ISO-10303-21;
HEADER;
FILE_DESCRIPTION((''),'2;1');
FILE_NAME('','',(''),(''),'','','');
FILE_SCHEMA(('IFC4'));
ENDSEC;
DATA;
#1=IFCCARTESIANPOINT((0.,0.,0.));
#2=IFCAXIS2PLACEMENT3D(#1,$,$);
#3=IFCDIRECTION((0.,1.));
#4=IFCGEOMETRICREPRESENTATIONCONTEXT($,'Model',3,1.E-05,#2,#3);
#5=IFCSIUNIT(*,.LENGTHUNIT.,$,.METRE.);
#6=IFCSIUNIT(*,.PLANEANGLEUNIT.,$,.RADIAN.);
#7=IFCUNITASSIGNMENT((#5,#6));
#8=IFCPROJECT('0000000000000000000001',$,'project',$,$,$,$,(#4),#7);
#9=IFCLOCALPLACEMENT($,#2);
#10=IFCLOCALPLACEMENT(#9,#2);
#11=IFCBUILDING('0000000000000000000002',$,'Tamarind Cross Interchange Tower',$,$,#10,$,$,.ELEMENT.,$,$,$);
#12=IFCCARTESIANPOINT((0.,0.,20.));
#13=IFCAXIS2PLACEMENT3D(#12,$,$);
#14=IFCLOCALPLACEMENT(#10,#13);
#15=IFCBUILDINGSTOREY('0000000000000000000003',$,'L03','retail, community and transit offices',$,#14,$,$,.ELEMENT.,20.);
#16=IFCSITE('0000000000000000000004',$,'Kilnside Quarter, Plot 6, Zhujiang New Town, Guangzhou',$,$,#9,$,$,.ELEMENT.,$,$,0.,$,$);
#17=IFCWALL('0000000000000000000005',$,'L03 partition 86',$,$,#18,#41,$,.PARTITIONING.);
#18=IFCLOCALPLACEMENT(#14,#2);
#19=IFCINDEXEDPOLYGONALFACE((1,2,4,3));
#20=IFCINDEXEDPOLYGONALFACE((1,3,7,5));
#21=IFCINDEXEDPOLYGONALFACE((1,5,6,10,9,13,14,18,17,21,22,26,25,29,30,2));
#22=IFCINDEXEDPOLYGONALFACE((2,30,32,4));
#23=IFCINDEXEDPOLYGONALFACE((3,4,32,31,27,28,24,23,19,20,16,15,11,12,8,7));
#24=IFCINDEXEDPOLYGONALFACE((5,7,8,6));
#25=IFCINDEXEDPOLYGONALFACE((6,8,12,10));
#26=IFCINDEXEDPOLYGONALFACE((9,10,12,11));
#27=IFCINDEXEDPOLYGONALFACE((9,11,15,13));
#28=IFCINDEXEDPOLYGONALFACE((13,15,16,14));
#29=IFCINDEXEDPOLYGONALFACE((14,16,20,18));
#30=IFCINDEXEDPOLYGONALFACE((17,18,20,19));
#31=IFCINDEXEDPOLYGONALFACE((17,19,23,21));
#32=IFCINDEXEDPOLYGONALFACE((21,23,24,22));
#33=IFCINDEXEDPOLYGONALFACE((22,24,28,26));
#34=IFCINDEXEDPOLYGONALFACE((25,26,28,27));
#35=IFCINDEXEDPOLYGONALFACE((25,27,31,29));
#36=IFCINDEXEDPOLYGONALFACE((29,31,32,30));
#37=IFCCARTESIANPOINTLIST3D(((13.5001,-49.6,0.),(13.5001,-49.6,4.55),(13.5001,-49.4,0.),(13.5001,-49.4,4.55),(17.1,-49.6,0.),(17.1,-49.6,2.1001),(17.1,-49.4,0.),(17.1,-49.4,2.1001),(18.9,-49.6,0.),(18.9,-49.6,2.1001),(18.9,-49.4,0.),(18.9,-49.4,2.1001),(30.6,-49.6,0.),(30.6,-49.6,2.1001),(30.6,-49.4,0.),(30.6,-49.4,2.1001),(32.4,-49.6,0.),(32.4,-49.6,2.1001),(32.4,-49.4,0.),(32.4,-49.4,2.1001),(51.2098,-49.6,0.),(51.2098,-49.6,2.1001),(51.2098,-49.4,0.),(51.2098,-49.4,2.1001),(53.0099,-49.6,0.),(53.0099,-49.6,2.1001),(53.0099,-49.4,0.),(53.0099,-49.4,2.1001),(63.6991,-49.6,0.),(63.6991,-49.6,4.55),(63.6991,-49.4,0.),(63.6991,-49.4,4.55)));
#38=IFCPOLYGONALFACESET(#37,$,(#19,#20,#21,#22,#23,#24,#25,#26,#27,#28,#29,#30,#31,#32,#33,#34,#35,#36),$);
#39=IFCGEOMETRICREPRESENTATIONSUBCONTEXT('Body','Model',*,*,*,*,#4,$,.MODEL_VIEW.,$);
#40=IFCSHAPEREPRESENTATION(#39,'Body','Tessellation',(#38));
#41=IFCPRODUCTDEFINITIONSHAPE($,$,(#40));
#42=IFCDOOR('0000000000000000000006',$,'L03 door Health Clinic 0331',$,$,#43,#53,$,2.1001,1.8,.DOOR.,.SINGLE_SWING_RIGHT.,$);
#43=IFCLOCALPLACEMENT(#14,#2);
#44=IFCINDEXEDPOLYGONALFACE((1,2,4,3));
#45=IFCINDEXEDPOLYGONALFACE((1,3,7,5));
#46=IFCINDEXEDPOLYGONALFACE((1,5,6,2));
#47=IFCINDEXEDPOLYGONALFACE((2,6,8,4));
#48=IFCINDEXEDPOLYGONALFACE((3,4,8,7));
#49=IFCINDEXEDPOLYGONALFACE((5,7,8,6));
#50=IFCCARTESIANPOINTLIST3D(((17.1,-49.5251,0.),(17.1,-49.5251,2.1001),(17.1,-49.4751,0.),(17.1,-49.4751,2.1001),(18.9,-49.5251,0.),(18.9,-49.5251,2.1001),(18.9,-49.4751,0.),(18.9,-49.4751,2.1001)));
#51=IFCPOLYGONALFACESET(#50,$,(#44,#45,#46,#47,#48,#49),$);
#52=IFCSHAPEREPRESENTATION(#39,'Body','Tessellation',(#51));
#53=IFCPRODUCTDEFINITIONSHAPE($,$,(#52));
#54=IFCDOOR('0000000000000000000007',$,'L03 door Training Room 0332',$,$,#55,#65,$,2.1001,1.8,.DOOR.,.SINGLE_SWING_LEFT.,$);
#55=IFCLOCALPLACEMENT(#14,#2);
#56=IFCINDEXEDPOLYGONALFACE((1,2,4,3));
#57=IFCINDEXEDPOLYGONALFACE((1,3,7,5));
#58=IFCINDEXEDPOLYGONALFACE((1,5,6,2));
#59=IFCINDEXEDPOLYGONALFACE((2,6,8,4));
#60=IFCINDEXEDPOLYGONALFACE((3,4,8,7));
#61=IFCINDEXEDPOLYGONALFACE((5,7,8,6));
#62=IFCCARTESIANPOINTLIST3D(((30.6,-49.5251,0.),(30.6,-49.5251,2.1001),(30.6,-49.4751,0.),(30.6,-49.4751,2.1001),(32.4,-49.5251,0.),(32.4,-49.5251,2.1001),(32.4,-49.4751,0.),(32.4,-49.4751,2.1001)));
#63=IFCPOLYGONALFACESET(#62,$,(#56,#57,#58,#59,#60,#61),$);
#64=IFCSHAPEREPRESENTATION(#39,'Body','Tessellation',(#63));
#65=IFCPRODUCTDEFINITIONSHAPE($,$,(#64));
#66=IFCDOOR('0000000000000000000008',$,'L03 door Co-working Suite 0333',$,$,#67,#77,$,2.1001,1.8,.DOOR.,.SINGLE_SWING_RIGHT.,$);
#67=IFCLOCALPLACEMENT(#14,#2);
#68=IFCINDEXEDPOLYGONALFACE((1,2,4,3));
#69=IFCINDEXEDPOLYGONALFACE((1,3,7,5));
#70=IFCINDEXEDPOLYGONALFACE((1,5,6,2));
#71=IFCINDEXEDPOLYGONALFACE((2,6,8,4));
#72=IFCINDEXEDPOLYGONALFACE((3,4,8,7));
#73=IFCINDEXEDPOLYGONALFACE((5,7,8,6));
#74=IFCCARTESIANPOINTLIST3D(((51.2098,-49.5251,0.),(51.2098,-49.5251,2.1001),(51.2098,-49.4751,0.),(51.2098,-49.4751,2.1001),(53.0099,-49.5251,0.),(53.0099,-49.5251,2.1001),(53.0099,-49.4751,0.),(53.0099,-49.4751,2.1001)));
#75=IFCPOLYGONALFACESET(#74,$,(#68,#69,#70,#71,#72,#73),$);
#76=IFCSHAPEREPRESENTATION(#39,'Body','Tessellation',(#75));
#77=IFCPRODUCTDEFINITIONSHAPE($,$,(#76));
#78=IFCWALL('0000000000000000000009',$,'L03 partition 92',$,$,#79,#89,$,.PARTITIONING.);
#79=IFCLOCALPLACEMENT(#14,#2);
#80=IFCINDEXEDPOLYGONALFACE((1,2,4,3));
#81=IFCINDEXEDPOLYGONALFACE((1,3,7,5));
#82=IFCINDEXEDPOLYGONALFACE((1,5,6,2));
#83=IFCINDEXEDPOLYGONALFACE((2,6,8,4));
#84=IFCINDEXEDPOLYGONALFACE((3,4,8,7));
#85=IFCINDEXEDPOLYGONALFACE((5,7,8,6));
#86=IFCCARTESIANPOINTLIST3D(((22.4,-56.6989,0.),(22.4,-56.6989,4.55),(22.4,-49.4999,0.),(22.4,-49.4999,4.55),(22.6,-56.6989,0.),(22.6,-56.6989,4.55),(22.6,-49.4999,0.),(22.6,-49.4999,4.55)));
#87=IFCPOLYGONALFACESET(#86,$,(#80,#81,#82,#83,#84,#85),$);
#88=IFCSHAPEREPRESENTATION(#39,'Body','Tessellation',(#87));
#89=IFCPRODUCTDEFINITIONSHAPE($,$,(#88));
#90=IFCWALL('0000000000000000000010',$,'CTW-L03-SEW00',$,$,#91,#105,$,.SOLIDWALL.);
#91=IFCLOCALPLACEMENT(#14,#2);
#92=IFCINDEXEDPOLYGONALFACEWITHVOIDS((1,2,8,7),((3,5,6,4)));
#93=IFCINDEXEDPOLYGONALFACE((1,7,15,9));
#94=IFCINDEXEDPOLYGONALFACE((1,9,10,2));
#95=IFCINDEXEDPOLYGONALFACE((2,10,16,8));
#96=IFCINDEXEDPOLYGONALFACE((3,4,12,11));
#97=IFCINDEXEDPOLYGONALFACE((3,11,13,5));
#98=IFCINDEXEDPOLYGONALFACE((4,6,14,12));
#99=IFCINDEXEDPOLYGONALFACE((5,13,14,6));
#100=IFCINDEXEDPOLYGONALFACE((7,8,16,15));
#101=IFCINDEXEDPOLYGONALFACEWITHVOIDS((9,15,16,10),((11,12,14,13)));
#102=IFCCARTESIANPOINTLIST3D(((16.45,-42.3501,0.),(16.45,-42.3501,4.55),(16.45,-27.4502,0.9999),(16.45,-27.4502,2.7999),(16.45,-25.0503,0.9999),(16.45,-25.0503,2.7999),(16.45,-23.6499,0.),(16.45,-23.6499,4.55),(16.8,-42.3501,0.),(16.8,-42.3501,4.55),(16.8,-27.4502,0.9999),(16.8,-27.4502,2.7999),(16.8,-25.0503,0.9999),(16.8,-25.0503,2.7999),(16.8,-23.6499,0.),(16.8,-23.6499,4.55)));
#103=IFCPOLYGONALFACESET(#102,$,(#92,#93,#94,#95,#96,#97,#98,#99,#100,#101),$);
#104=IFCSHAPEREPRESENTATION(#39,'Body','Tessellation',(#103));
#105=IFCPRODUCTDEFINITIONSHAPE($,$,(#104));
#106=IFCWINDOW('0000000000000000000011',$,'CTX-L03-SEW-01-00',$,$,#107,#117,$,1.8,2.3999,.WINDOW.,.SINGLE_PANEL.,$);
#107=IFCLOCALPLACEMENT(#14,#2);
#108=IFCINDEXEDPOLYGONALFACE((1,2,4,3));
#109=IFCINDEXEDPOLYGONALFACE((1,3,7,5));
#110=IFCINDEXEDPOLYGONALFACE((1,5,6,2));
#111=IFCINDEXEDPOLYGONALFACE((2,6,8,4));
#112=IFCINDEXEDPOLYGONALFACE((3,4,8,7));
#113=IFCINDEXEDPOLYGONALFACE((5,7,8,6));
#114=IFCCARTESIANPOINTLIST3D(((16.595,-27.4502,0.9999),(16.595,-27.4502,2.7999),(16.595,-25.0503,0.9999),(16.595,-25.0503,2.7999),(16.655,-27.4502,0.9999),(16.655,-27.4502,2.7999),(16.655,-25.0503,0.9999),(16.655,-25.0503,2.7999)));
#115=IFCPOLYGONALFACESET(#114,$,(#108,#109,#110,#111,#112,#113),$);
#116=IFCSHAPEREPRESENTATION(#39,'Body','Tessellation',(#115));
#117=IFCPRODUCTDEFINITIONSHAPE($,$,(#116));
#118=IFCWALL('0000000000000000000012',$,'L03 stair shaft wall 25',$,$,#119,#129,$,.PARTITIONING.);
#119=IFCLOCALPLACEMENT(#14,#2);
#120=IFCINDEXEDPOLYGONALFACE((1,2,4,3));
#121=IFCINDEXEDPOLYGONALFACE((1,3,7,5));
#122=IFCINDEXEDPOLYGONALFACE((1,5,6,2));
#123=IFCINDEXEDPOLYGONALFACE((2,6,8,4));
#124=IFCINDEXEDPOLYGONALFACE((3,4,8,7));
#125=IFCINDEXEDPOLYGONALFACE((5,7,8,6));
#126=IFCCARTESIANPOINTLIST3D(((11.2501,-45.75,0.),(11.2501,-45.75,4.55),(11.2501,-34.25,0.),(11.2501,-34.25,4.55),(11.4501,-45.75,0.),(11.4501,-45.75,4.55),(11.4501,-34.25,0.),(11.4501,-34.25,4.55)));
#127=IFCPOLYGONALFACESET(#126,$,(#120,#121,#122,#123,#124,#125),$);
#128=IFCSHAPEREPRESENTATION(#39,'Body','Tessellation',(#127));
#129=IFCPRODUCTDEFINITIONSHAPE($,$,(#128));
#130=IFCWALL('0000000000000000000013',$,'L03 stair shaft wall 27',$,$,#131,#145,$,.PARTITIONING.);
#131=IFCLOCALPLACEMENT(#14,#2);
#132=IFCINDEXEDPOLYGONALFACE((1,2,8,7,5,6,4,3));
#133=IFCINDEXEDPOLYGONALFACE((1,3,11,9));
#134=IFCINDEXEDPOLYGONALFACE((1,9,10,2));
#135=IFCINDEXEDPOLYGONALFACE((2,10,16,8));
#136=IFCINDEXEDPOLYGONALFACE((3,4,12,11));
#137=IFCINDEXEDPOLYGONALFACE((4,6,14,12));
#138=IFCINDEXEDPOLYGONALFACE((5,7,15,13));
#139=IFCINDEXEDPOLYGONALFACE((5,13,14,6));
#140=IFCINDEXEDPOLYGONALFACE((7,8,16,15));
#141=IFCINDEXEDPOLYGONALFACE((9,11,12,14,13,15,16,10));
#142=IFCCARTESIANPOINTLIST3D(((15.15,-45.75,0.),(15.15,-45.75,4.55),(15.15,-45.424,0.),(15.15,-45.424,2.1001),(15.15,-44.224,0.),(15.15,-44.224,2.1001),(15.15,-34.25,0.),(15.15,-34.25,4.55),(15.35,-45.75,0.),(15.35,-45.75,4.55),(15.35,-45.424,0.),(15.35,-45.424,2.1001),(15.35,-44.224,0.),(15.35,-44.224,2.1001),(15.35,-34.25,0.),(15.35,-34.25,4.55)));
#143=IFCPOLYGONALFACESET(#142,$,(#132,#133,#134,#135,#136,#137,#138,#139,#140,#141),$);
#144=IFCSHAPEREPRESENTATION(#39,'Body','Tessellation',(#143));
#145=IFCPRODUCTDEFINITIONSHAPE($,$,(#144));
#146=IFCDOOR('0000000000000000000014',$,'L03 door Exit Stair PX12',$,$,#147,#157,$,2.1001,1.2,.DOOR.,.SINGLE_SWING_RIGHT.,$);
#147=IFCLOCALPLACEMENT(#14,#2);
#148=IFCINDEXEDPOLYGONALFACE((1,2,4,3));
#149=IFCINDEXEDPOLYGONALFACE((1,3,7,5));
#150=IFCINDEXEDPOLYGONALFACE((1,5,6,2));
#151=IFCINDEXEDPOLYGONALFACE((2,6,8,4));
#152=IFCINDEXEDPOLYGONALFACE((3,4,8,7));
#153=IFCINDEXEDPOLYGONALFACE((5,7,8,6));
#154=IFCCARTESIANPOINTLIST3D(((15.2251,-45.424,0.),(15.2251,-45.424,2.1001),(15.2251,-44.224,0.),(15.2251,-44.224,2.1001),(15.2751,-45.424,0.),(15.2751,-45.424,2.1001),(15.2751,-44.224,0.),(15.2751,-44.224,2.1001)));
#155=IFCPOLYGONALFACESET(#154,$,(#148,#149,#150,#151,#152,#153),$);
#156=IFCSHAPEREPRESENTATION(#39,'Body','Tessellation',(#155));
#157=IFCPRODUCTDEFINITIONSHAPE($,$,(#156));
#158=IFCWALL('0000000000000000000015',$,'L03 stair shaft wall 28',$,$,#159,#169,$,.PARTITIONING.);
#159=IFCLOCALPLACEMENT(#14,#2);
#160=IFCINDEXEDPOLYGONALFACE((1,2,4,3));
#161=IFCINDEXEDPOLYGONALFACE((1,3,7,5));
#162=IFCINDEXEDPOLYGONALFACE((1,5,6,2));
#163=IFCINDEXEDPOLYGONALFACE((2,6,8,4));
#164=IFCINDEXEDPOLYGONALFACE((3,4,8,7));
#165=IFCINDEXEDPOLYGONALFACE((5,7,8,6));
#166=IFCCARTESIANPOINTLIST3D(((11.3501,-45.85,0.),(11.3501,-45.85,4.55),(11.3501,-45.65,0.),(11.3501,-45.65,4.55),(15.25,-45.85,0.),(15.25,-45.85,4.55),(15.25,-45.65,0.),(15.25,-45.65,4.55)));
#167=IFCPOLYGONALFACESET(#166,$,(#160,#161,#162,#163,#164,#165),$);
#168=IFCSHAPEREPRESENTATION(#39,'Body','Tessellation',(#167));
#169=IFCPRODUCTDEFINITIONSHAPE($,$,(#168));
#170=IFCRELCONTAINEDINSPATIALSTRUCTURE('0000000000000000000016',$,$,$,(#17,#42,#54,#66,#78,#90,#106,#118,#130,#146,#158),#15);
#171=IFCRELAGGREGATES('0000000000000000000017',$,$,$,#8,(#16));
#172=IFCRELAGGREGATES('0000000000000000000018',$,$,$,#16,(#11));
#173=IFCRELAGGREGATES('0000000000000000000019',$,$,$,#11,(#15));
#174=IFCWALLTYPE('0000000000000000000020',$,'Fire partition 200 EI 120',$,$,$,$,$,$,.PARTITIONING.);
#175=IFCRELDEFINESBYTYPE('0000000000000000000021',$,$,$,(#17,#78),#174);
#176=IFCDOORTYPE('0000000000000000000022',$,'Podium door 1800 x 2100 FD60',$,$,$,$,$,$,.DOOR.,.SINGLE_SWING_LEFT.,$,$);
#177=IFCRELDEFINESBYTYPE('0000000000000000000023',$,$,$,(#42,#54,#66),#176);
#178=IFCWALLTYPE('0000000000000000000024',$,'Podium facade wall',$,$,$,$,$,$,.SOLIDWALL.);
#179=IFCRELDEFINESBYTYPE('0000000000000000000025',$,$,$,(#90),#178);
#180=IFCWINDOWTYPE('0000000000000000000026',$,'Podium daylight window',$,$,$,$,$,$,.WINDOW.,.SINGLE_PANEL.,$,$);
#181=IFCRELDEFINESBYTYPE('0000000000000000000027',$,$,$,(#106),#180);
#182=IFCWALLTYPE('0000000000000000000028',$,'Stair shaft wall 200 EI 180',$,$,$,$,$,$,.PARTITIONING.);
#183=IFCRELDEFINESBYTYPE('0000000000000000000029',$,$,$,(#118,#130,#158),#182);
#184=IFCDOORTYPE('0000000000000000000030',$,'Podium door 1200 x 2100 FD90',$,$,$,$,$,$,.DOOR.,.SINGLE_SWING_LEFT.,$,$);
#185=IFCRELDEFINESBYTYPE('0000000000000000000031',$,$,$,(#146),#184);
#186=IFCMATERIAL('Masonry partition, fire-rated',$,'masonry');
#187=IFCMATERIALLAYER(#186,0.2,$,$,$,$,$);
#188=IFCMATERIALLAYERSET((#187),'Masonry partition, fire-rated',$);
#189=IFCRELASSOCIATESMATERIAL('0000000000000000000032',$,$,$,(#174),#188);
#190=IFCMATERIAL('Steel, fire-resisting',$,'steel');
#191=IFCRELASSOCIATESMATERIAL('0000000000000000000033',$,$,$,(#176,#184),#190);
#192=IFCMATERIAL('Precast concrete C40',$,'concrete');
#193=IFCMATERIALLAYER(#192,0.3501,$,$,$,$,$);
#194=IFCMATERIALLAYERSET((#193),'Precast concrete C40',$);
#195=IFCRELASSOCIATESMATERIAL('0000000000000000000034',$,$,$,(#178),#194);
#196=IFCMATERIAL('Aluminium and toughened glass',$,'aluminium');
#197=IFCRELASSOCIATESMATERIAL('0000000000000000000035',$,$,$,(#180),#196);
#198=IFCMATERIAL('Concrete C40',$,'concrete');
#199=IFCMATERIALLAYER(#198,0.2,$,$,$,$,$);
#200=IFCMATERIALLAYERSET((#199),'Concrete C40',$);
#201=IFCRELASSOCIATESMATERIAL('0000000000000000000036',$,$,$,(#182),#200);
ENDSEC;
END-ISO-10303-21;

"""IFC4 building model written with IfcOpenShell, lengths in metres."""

from ifc_helpers import new_model, si_unit, direction, frame, frame_2d, origin, place, context, subcontext, project, spatial, rectangle, extrude, material, layer, layer_set, type_object, element, fill, save


model = new_model("IFC4")

# Units and contexts
model_context = context("Model", 3, precision=1e-05, world=origin(), true_north=direction((0.0, 1.0)))
body_context = subcontext(model_context, "Body", "Model", "MODEL_VIEW")
ifc_project = project(units=[si_unit("LENGTHUNIT", "METRE"), si_unit("PLANEANGLEUNIT", "RADIAN")], contexts=[model_context])

# Site, building, storey
site_placement = place(None, origin())
site = spatial("IfcSite", under=ifc_project, at=site_placement, Name="Kilnside Quarter, Plot 6, Zhujiang New Town, Guangzhou", CompositionType="ELEMENT", RefElevation=0.0)
building_placement = place(site_placement, origin())
building = spatial("IfcBuilding", under=site, at=building_placement, Name="Tamarind Cross Interchange Tower", CompositionType="ELEMENT")
storey_placement = place(building_placement, frame((0.0, 0.0, 20.0)))
storey = spatial("IfcBuildingStorey", under=building, at=storey_placement, Name="L03", Description="retail, community and transit offices", CompositionType="ELEMENT", Elevation=20.0)

# Shared definitions
ifc_material_1 = material(Name="Masonry partition, fire-rated", Category="masonry")
ifc_layer_1 = layer(ifc_material_1, 0.2)
ifc_layer_set_1 = layer_set([ifc_layer_1], Name="Masonry partition, fire-rated")
wall_type_1 = type_object("IfcWallType", Name="Fire partition 200 EI 120", PredefinedType="PARTITIONING", material=ifc_layer_set_1)

# Wall, openings, doors
wall_1_placement = place(storey_placement, frame((13.5, -49.5, 0.0), z_axis=(0.0, 0.0, 1.0), x_axis=(1.0, 0.0, 0.0)))
wall_1 = element("IfcWall", 1, at=wall_1_placement, inside=storey, type_object=wall_type_1, Name="L03 partition 86", PredefinedType="PARTITIONING", context=body_context, shape_type="SweptSolid", body=[
    extrude(rectangle(XDim=50.199, YDim=0.2, at=frame_2d((25.0996, 0.0))), origin(), (0.0, 0.0, 1.0), 4.55),
])
opening_1_placement = place(wall_1_placement, frame((3.6001, 0.0, 0.0)))
opening_1 = element("IfcOpeningElement", 2, at=opening_1_placement, cuts=wall_1, PredefinedType="OPENING", context=body_context, shape_type="SweptSolid", body=[
    extrude(rectangle(XDim=1.8, YDim=2.1001, at=frame_2d((0.8999, 1.05))), frame((0.0, 0.1099, 0.0), z_axis=(0.0, -1.0, 0.0), x_axis=(1.0, 0.0, 0.0)), (0.0, 0.0, 1.0), 0.22),
])
opening_2_placement = place(wall_1_placement, frame((17.1001, 0.0, 0.0)))
opening_2 = element("IfcOpeningElement", 3, at=opening_2_placement, cuts=wall_1, PredefinedType="OPENING", context=body_context, shape_type="SweptSolid", body=[
    extrude(rectangle(XDim=1.8, YDim=2.1001, at=frame_2d((0.8999, 1.05))), frame((0.0, 0.1099, 0.0), z_axis=(0.0, -1.0, 0.0), x_axis=(1.0, 0.0, 0.0)), (0.0, 0.0, 1.0), 0.22),
])
opening_3_placement = place(wall_1_placement, frame((37.71, 0.0, 0.0)))
opening_3 = element("IfcOpeningElement", 4, at=opening_3_placement, cuts=wall_1, PredefinedType="OPENING", context=body_context, shape_type="SweptSolid", body=[
    extrude(rectangle(XDim=1.8, YDim=2.1001, at=frame_2d((0.8999, 1.05))), frame((0.0, 0.1099, 0.0), z_axis=(0.0, -1.0, 0.0), x_axis=(1.0, 0.0, 0.0)), (0.0, 0.0, 1.0), 0.22),
])
ifc_material_2 = material(Name="Steel, fire-resisting", Category="steel")
door_type_1 = type_object("IfcDoorType", Name="Podium door 1800 x 2100 FD60", OperationType="SINGLE_SWING_LEFT", PredefinedType="DOOR", material=ifc_material_2)
door_1_placement = place(opening_1_placement, origin())
door_1 = element("IfcDoor", 5, at=door_1_placement, inside=storey, type_object=door_type_1, Name="L03 door Health Clinic 0331", OperationType="SINGLE_SWING_RIGHT", OverallHeight=2.1001, OverallWidth=1.8, PredefinedType="DOOR", context=body_context, shape_type="SweptSolid", body=[
    extrude(rectangle(XDim=1.8, YDim=2.1001, at=frame_2d((0.8999, 1.05))), frame((0.0, 0.0249, 0.0), z_axis=(0.0, -1.0, 0.0), x_axis=(1.0, 0.0, 0.0)), (0.0, 0.0, 1.0), 0.05),
])
fill(opening_1, door_1)
door_2_placement = place(opening_2_placement, origin())
door_2 = element("IfcDoor", 6, at=door_2_placement, inside=storey, type_object=door_type_1, Name="L03 door Training Room 0332", OperationType="SINGLE_SWING_LEFT", OverallHeight=2.1001, OverallWidth=1.8, PredefinedType="DOOR", context=body_context, shape_type="SweptSolid", body=[
    extrude(rectangle(XDim=1.8, YDim=2.1001, at=frame_2d((0.8999, 1.05))), frame((0.0, 0.0249, 0.0), z_axis=(0.0, -1.0, 0.0), x_axis=(1.0, 0.0, 0.0)), (0.0, 0.0, 1.0), 0.05),
])
fill(opening_2, door_2)
door_3_placement = place(opening_3_placement, origin())
door_3 = element("IfcDoor", 7, at=door_3_placement, inside=storey, type_object=door_type_1, Name="L03 door Co-working Suite 0333", OperationType="SINGLE_SWING_RIGHT", OverallHeight=2.1001, OverallWidth=1.8, PredefinedType="DOOR", context=body_context, shape_type="SweptSolid", body=[
    extrude(rectangle(XDim=1.8, YDim=2.1001, at=frame_2d((0.8999, 1.05))), frame((0.0, 0.0249, 0.0), z_axis=(0.0, -1.0, 0.0), x_axis=(1.0, 0.0, 0.0)), (0.0, 0.0, 1.0), 0.05),
])
fill(opening_3, door_3)

# Wall
wall_2_placement = place(storey_placement, frame((22.5, -56.699, 0.0), z_axis=(0.0, 0.0, 1.0), x_axis=(0.0, 1.0, 0.0)))
element("IfcWall", 8, at=wall_2_placement, inside=storey, type_object=wall_type_1, Name="L03 partition 92", PredefinedType="PARTITIONING", context=body_context, shape_type="SweptSolid", body=[
    extrude(rectangle(XDim=7.199, YDim=0.2, at=frame_2d((3.5996, 0.0))), origin(), (0.0, 0.0, 1.0), 4.55),
])

# Wall, opening, window
ifc_material_3 = material(Name="Precast concrete C40", Category="concrete")
ifc_layer_2 = layer(ifc_material_3, 0.3501)
ifc_layer_set_2 = layer_set([ifc_layer_2], Name="Precast concrete C40")
wall_type_2 = type_object("IfcWallType", Name="Podium facade wall", PredefinedType="SOLIDWALL", material=ifc_layer_set_2)
wall_3_placement = place(storey_placement, frame((16.625, -42.3501, 0.0), z_axis=(0.0, 0.0, 1.0), x_axis=(0.0, 1.0, 0.0)))
wall_3 = element("IfcWall", 9, at=wall_3_placement, inside=storey, type_object=wall_type_2, Name="CTW-L03-SEW00", PredefinedType="SOLIDWALL", context=body_context, shape_type="SweptSolid", body=[
    extrude(rectangle(XDim=18.7002, YDim=0.3501, at=frame_2d((9.3501, 0.0))), origin(), (0.0, 0.0, 1.0), 4.55),
])
opening_4_placement = place(wall_3_placement, frame((14.8999, 0.0, 1.0)))
opening_4 = element("IfcOpeningElement", 10, at=opening_4_placement, cuts=wall_3, PredefinedType="OPENING", context=body_context, shape_type="SweptSolid", body=[
    extrude(rectangle(XDim=2.3999, YDim=1.8, at=frame_2d((1.2, 0.8999))), frame((0.0, 0.1851, 0.0), z_axis=(0.0, -1.0, 0.0), x_axis=(1.0, 0.0, 0.0)), (0.0, 0.0, 1.0), 0.3701),
])
ifc_material_4 = material(Name="Aluminium and toughened glass", Category="aluminium")
window_type = type_object("IfcWindowType", Name="Podium daylight window", PartitioningType="SINGLE_PANEL", PredefinedType="WINDOW", material=ifc_material_4)
window_placement = place(opening_4_placement, origin())
window = element("IfcWindow", 11, at=window_placement, inside=storey, type_object=window_type, Name="CTX-L03-SEW-01-00", OverallHeight=1.8, OverallWidth=2.3999, PartitioningType="SINGLE_PANEL", PredefinedType="WINDOW", context=body_context, shape_type="SweptSolid", body=[
    extrude(rectangle(XDim=2.3999, YDim=1.8, at=frame_2d((1.2, 0.8999))), frame((0.0, 0.03, 0.0), z_axis=(0.0, -1.0, 0.0), x_axis=(1.0, 0.0, 0.0)), (0.0, 0.0, 1.0), 0.0601),
])
fill(opening_4, window)

# Wall
ifc_material_5 = material(Name="Concrete C40", Category="concrete")
ifc_layer_3 = layer(ifc_material_5, 0.2)
ifc_layer_set_3 = layer_set([ifc_layer_3], Name="Concrete C40")
wall_type_3 = type_object("IfcWallType", Name="Stair shaft wall 200 EI 180", PredefinedType="PARTITIONING", material=ifc_layer_set_3)
wall_4_placement = place(storey_placement, frame((11.3501, -45.75, 0.0), z_axis=(0.0, 0.0, 1.0), x_axis=(0.0, 1.0, 0.0)))
element("IfcWall", 12, at=wall_4_placement, inside=storey, type_object=wall_type_3, Name="L03 stair shaft wall 25", PredefinedType="PARTITIONING", context=body_context, shape_type="SweptSolid", body=[
    extrude(rectangle(XDim=11.5, YDim=0.2, at=frame_2d((5.75, 0.0))), origin(), (0.0, 0.0, 1.0), 4.55),
])

# Wall, opening, door
wall_5_placement = place(storey_placement, frame((15.25, -45.75, 0.0), z_axis=(0.0, 0.0, 1.0), x_axis=(0.0, 1.0, 0.0)))
wall_5 = element("IfcWall", 13, at=wall_5_placement, inside=storey, type_object=wall_type_3, Name="L03 stair shaft wall 27", PredefinedType="PARTITIONING", context=body_context, shape_type="SweptSolid", body=[
    extrude(rectangle(XDim=11.5, YDim=0.2, at=frame_2d((5.75, 0.0))), origin(), (0.0, 0.0, 1.0), 4.55),
])
opening_5_placement = place(wall_5_placement, frame((0.3259, 0.0, 0.0)))
opening_5 = element("IfcOpeningElement", 14, at=opening_5_placement, cuts=wall_5, PredefinedType="OPENING", context=body_context, shape_type="SweptSolid", body=[
    extrude(rectangle(XDim=1.2, YDim=2.1001, at=frame_2d((0.6001, 1.05))), frame((0.0, 0.1099, 0.0), z_axis=(0.0, -1.0, 0.0), x_axis=(1.0, 0.0, 0.0)), (0.0, 0.0, 1.0), 0.22),
])
door_type_2 = type_object("IfcDoorType", Name="Podium door 1200 x 2100 FD90", OperationType="SINGLE_SWING_LEFT", PredefinedType="DOOR", material=ifc_material_2)
door_4_placement = place(opening_5_placement, origin())
door_4 = element("IfcDoor", 15, at=door_4_placement, inside=storey, type_object=door_type_2, Name="L03 door Exit Stair PX12", OperationType="SINGLE_SWING_RIGHT", OverallHeight=2.1001, OverallWidth=1.2, PredefinedType="DOOR", context=body_context, shape_type="SweptSolid", body=[
    extrude(rectangle(XDim=1.2, YDim=2.1001, at=frame_2d((0.6001, 1.05))), frame((0.0, 0.0249, 0.0), z_axis=(0.0, -1.0, 0.0), x_axis=(1.0, 0.0, 0.0)), (0.0, 0.0, 1.0), 0.05),
])
fill(opening_5, door_4)

# Wall
wall_6_placement = place(storey_placement, frame((11.3501, -45.75, 0.0), z_axis=(0.0, 0.0, 1.0), x_axis=(1.0, 0.0, 0.0)))
element("IfcWall", 16, at=wall_6_placement, inside=storey, type_object=wall_type_3, Name="L03 stair shaft wall 28", PredefinedType="PARTITIONING", context=body_context, shape_type="SweptSolid", body=[
    extrude(rectangle(XDim=3.8999, YDim=0.2, at=frame_2d((1.95, 0.0))), origin(), (0.0, 0.0, 1.0), 4.55),
])

save(model, "model.ifc")
